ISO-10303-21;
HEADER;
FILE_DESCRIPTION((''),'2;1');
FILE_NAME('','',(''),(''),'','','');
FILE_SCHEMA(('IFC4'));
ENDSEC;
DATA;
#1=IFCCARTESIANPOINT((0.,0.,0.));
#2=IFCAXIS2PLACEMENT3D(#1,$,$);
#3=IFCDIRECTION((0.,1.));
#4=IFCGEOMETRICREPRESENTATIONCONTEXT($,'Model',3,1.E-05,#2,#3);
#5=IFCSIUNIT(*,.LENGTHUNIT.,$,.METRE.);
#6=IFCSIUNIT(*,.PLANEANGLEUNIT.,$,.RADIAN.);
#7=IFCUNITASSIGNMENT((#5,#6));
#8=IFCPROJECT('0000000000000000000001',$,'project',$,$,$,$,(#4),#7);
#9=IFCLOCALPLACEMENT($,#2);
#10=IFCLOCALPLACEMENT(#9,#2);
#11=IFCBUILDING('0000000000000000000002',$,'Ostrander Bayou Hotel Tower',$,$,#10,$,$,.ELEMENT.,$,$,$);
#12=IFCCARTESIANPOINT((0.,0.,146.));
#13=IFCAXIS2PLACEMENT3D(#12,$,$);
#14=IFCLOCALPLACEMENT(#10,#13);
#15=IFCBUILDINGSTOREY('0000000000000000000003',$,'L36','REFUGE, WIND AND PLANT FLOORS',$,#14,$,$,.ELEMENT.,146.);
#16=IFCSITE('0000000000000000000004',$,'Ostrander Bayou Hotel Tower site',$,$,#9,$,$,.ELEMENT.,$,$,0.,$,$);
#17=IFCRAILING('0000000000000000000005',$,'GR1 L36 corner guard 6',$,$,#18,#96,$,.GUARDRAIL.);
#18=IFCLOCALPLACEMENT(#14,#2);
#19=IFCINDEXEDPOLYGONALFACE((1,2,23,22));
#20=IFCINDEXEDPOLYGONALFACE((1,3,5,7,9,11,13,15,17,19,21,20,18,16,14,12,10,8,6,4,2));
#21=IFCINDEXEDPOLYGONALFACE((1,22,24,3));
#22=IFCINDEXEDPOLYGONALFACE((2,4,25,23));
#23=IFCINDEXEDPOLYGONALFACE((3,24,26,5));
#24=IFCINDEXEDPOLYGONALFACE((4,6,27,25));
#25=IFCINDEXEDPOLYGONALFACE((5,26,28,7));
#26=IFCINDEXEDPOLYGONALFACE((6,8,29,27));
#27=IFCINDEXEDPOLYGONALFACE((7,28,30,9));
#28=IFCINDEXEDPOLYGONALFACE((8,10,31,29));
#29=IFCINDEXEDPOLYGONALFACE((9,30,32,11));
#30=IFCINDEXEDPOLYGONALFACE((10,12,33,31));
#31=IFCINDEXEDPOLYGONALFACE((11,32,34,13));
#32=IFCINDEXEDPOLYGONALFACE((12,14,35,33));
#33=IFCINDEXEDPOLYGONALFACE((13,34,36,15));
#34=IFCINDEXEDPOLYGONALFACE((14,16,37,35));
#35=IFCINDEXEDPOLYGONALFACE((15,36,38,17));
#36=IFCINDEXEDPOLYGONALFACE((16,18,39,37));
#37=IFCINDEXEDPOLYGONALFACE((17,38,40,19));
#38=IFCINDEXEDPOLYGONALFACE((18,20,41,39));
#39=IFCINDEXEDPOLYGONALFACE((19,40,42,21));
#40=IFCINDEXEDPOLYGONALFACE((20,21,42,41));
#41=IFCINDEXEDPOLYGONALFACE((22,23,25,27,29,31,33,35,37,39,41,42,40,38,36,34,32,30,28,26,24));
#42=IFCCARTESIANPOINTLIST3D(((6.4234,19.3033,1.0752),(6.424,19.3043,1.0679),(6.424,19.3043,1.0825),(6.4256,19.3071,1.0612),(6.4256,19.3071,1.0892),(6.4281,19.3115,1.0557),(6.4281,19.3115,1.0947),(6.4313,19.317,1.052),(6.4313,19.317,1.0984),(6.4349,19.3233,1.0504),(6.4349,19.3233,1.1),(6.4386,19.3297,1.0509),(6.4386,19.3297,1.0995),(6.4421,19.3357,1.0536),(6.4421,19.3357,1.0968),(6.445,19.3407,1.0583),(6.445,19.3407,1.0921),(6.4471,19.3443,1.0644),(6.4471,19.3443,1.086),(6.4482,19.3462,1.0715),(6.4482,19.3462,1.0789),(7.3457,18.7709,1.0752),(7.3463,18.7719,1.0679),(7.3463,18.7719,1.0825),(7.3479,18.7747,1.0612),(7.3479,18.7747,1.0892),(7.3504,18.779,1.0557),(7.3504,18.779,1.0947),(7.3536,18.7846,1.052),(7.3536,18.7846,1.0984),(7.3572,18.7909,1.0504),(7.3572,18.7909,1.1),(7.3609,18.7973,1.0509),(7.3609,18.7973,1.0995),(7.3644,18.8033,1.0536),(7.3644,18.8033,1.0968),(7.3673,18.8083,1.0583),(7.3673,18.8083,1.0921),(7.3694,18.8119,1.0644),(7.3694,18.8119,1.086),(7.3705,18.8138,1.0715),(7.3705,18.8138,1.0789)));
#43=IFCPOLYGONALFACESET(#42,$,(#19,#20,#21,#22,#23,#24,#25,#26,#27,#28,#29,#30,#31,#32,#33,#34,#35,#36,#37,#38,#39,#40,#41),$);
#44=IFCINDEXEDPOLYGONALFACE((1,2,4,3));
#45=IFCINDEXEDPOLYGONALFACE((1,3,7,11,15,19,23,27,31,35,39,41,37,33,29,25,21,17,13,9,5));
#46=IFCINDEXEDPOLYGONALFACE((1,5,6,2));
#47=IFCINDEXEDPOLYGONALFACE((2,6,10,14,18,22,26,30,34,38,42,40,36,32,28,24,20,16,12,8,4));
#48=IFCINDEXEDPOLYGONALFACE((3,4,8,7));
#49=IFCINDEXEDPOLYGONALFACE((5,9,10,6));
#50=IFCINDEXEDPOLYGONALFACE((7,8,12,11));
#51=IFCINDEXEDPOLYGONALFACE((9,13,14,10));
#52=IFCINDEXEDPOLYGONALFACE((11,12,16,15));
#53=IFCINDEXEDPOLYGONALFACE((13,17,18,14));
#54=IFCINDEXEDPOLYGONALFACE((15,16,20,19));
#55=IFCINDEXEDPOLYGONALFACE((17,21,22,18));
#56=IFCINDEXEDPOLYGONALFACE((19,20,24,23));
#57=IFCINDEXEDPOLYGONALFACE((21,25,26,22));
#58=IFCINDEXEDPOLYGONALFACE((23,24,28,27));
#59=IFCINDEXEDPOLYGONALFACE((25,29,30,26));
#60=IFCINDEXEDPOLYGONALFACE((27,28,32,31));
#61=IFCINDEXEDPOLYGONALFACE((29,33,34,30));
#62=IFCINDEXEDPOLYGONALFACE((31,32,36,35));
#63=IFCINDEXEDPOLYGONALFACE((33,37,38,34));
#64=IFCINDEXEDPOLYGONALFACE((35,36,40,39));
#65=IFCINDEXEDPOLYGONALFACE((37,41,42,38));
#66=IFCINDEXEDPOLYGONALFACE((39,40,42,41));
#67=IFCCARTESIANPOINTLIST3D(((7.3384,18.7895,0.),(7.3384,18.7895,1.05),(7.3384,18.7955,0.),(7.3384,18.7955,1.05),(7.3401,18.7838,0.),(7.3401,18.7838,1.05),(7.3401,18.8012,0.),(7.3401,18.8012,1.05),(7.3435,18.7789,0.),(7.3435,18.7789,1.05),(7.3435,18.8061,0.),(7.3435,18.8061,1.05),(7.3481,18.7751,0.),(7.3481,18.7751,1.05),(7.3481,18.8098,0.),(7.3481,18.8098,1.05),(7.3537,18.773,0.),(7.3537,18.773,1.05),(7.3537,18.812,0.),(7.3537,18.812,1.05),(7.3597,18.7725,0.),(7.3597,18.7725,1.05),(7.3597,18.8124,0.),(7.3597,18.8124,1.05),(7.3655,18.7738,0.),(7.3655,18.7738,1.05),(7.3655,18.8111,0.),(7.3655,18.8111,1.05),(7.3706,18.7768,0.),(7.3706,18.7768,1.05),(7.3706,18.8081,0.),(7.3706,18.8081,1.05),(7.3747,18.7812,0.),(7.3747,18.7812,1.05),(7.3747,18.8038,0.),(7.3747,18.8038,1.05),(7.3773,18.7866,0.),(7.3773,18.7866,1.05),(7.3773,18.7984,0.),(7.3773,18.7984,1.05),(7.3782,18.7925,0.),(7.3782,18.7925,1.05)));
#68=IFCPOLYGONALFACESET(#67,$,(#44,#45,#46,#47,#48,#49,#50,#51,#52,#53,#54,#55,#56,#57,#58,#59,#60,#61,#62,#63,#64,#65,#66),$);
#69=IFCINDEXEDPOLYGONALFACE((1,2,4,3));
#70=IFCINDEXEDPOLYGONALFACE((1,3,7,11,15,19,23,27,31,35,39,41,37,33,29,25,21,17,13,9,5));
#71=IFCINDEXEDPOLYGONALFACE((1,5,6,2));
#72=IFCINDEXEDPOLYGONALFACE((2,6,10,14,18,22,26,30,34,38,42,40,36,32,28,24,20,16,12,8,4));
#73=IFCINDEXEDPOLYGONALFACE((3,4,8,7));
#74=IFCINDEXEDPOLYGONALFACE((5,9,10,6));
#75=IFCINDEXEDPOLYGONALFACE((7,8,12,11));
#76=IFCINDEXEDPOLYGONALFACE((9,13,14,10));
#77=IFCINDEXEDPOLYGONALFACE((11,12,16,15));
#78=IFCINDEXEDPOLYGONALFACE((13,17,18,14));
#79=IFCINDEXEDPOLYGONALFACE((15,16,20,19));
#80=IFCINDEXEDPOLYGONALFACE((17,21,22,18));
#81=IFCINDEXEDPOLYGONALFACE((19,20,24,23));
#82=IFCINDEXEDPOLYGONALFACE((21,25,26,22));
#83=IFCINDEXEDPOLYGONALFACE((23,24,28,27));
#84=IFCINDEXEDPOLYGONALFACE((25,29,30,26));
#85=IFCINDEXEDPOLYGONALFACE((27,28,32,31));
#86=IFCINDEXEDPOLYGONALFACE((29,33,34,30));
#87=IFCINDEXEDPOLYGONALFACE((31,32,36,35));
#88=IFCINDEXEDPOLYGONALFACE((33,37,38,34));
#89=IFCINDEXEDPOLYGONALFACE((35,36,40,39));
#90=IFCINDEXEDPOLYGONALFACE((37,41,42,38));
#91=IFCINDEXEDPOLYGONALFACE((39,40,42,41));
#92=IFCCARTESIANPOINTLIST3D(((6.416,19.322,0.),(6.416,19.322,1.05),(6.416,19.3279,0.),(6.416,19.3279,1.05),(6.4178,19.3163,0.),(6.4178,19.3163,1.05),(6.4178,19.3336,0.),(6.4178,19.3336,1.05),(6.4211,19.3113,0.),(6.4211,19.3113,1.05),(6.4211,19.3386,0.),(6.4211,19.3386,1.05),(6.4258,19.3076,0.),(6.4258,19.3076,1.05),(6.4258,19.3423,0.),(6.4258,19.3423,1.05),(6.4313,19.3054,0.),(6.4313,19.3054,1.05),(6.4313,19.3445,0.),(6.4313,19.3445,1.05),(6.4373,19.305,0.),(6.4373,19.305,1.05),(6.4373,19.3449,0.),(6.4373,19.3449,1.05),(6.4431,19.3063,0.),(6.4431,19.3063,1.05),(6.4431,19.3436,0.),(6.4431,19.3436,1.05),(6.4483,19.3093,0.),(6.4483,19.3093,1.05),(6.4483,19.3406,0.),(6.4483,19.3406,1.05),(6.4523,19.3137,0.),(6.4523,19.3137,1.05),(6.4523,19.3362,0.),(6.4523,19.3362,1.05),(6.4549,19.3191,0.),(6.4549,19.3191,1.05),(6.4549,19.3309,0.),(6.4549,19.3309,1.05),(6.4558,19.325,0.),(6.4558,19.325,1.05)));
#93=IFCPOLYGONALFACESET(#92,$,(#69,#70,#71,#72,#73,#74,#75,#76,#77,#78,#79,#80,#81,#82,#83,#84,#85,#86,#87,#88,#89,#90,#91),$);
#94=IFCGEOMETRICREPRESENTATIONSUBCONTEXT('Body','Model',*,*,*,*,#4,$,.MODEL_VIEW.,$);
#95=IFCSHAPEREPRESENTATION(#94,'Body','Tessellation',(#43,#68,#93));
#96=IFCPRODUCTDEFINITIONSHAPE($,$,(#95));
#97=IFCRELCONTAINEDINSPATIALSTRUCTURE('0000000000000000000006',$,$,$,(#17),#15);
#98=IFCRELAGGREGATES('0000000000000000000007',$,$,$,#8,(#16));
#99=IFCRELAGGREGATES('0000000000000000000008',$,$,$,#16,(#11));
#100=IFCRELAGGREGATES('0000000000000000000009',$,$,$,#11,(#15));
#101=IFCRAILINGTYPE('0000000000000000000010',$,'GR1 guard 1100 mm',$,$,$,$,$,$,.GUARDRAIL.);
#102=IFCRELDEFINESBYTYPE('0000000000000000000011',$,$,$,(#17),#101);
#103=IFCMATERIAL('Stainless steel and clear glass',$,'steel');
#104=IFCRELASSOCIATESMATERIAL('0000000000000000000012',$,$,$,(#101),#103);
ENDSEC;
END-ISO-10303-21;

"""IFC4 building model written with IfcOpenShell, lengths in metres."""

from ifc_helpers import new_model, si_unit, direction, frame, origin, origin_2d, place, context, subcontext, project, spatial, circle, extrude, material, type_object, element, save


model = new_model("IFC4")

# Units and contexts
model_context = context("Model", 3, precision=1e-05, world=origin(), true_north=direction((0.0, 1.0)))
body_context = subcontext(model_context, "Body", "Model", "MODEL_VIEW")
ifc_project = project(units=[si_unit("LENGTHUNIT", "METRE"), si_unit("PLANEANGLEUNIT", "RADIAN")], contexts=[model_context])

# Site, building, storey
site_placement = place(None, origin())
site = spatial("IfcSite", under=ifc_project, at=site_placement, Name="Ostrander Bayou Hotel Tower site", CompositionType="ELEMENT", RefElevation=0.0)
building_placement = place(site_placement, origin())
building = spatial("IfcBuilding", under=site, at=building_placement, Name="Ostrander Bayou Hotel Tower", CompositionType="ELEMENT")
storey_placement = place(building_placement, frame((0.0, 0.0, 146.0)))
storey = spatial("IfcBuildingStorey", under=building, at=storey_placement, Name="L36", Description="REFUGE, WIND AND PLANT FLOORS", CompositionType="ELEMENT", Elevation=146.0)

# Railing
ifc_material_1 = material(Name="Stainless steel and clear glass", Category="steel")
railing_type = type_object("IfcRailingType", Name="GR1 guard 1100 mm", PredefinedType="GUARDRAIL", material=ifc_material_1)
railing_1_placement = place(storey_placement, frame((7.3582, 18.7925, 0.0)))
element("IfcRailing", 1, at=railing_1_placement, inside=storey, type_object=railing_type, Name="GR1 L36 corner guard 6", PredefinedType="GUARDRAIL", context=body_context, shape_type="SweptSolid", body=[
    extrude(circle(Radius=0.0249, at=origin_2d()), frame((0.0, 0.0, 1.0752), z_axis=(-0.866048, 0.499961, 0.0), x_axis=(-0.499961, -0.866048, 0.0)), (0.0, 0.0, 1.0), 1.0649),
    extrude(circle(Radius=0.02, at=origin_2d()), origin(), (0.0, 0.0, 1.0), 1.05),
    extrude(circle(Radius=0.02, at=origin_2d()), frame((-0.9224, 0.5325, 0.0)), (0.0, 0.0, 1.0), 1.05),
])

save(model, "model.ifc")
